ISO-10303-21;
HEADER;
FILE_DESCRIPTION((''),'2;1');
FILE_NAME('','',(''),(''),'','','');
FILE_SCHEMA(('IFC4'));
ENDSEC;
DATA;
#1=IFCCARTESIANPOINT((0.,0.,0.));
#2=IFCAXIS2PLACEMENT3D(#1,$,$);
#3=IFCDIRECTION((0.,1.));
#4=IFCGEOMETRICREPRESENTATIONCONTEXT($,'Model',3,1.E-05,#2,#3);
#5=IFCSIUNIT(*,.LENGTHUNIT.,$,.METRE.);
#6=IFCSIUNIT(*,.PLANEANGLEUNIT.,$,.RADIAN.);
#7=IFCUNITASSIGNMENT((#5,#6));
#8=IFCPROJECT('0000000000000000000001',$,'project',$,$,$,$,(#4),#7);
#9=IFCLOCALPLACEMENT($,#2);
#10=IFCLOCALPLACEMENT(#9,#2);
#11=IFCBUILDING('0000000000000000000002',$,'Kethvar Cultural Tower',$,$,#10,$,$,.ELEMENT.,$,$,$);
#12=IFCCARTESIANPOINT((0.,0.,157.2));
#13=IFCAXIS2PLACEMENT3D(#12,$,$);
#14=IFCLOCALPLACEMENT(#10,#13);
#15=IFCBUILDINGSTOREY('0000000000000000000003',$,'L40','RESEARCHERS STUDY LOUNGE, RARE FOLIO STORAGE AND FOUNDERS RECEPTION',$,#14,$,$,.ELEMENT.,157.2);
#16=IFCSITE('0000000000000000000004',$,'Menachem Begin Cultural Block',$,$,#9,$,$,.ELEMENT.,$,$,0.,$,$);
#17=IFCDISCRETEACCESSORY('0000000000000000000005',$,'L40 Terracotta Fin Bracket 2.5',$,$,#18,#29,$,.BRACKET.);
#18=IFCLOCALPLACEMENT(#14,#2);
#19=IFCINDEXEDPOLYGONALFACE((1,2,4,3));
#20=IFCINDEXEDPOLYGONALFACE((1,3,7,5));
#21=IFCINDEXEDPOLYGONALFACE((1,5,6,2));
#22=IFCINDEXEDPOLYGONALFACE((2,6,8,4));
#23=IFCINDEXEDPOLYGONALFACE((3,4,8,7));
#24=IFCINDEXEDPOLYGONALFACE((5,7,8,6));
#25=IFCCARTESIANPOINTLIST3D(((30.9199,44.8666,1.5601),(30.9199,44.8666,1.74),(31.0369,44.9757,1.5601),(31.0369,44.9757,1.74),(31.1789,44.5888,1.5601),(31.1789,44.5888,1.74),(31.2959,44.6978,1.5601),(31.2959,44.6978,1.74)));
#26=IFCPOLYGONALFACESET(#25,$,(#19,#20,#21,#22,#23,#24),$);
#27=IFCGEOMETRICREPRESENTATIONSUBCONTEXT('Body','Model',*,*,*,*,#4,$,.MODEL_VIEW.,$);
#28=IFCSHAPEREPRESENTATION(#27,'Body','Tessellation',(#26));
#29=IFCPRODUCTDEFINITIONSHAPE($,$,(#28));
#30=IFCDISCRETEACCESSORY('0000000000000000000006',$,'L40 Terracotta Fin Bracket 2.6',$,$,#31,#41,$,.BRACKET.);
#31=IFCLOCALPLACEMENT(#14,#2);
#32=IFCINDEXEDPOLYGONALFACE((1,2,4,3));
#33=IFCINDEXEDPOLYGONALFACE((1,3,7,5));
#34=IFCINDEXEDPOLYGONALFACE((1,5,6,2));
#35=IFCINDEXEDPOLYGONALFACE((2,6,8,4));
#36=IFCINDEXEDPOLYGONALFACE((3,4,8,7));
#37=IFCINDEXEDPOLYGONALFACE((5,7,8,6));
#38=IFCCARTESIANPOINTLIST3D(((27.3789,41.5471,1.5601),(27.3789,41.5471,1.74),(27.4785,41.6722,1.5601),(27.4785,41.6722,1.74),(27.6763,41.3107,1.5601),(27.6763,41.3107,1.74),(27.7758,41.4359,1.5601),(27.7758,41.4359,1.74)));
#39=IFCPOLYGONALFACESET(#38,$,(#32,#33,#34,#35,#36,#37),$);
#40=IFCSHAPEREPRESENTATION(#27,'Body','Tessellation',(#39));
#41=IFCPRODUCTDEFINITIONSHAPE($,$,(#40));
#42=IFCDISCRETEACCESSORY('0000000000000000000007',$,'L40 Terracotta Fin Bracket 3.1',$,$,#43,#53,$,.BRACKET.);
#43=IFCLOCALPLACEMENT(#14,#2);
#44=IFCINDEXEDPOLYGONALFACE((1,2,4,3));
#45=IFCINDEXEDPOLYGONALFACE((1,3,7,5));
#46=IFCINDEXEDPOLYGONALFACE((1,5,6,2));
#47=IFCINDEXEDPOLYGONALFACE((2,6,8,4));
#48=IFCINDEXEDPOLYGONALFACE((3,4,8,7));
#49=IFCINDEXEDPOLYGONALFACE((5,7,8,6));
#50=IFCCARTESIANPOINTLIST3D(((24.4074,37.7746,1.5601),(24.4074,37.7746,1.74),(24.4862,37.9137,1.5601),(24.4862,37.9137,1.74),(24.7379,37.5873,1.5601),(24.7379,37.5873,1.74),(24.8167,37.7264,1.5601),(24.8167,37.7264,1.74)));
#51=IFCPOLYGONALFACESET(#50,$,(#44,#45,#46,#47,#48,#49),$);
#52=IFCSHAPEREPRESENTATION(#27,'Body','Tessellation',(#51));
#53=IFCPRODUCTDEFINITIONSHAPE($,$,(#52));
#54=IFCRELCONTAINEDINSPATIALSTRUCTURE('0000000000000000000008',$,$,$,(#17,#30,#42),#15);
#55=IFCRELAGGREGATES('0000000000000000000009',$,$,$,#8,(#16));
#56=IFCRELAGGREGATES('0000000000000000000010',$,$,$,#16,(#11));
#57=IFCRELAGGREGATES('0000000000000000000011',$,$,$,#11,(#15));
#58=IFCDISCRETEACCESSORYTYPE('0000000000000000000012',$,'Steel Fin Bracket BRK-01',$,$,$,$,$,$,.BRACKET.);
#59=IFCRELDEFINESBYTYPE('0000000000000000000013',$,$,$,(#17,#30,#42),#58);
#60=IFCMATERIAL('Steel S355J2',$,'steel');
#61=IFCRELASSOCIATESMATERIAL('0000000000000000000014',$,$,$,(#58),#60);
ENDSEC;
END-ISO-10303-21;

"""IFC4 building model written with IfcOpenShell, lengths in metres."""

from ifc_helpers import new_model, si_unit, direction, frame, origin, origin_2d, place, context, subcontext, project, spatial, rectangle, extrude, source, transform, mapped, material, type_object, element, save


model = new_model("IFC4")

# Units and contexts
model_context = context("Model", 3, precision=1e-05, world=origin(), true_north=direction((0.0, 1.0)))
body_context = subcontext(model_context, "Body", "Model", "MODEL_VIEW")
ifc_project = project(units=[si_unit("LENGTHUNIT", "METRE"), si_unit("PLANEANGLEUNIT", "RADIAN")], contexts=[model_context])

# Site, building, storey
site_placement = place(None, origin())
site = spatial("IfcSite", under=ifc_project, at=site_placement, Name="Menachem Begin Cultural Block", CompositionType="ELEMENT", RefElevation=0.0)
building_placement = place(site_placement, origin())
building = spatial("IfcBuilding", under=site, at=building_placement, Name="Kethvar Cultural Tower", CompositionType="ELEMENT")
storey_placement = place(building_placement, frame((0.0, 0.0, 157.2)))
storey = spatial("IfcBuildingStorey", under=building, at=storey_placement, Name="L40", Description="RESEARCHERS STUDY LOUNGE, RARE FOLIO STORAGE AND FOUNDERS RECEPTION", CompositionType="ELEMENT", Elevation=157.2)

# Shared definitions
ifc_material_1 = material(Name="Steel S355J2", Category="steel")

# Discrete accessories
discrete_accessory_type = type_object("IfcDiscreteAccessoryType", Name="Steel Fin Bracket BRK-01", PredefinedType="BRACKET", material=ifc_material_1)
shared_shape_1 = source(origin(), body_context, "Body", "SweptSolid", [
    extrude(rectangle(XDim=0.3799, YDim=0.1599, at=origin_2d()), origin(), (0.0, 0.0, 1.0), 0.1799),
])
for number, where, z_axis, x_axis, name in (
    (1, (31.1079, 44.7822, 1.5601), (0.0, 0.0, 1.0), (-0.681871, 0.731473, 0.0), "L40 Terracotta Fin Bracket 2.5"),
    (2, (27.5774, 41.4915, 1.5601), (0.0, 0.0, 1.0), (-0.782825, 0.622241, 0.0), "L40 Terracotta Fin Bracket 2.6"),
    (3, (24.6121, 37.7505, 1.5601), (0.0, 0.0, 1.0), (-0.870012, 0.493031, 0.0), "L40 Terracotta Fin Bracket 3.1"),
):
    element("IfcDiscreteAccessory", number, at=place(storey_placement, frame(where, z_axis=z_axis, x_axis=x_axis)), inside=storey, type_object=discrete_accessory_type, Name=name, PredefinedType="BRACKET", context=body_context, shape_type="MappedRepresentation", body=[
        mapped(shared_shape_1, transform((0.0, 0.0, 0.0), scale=1.0)),
    ])

save(model, "model.ifc")
